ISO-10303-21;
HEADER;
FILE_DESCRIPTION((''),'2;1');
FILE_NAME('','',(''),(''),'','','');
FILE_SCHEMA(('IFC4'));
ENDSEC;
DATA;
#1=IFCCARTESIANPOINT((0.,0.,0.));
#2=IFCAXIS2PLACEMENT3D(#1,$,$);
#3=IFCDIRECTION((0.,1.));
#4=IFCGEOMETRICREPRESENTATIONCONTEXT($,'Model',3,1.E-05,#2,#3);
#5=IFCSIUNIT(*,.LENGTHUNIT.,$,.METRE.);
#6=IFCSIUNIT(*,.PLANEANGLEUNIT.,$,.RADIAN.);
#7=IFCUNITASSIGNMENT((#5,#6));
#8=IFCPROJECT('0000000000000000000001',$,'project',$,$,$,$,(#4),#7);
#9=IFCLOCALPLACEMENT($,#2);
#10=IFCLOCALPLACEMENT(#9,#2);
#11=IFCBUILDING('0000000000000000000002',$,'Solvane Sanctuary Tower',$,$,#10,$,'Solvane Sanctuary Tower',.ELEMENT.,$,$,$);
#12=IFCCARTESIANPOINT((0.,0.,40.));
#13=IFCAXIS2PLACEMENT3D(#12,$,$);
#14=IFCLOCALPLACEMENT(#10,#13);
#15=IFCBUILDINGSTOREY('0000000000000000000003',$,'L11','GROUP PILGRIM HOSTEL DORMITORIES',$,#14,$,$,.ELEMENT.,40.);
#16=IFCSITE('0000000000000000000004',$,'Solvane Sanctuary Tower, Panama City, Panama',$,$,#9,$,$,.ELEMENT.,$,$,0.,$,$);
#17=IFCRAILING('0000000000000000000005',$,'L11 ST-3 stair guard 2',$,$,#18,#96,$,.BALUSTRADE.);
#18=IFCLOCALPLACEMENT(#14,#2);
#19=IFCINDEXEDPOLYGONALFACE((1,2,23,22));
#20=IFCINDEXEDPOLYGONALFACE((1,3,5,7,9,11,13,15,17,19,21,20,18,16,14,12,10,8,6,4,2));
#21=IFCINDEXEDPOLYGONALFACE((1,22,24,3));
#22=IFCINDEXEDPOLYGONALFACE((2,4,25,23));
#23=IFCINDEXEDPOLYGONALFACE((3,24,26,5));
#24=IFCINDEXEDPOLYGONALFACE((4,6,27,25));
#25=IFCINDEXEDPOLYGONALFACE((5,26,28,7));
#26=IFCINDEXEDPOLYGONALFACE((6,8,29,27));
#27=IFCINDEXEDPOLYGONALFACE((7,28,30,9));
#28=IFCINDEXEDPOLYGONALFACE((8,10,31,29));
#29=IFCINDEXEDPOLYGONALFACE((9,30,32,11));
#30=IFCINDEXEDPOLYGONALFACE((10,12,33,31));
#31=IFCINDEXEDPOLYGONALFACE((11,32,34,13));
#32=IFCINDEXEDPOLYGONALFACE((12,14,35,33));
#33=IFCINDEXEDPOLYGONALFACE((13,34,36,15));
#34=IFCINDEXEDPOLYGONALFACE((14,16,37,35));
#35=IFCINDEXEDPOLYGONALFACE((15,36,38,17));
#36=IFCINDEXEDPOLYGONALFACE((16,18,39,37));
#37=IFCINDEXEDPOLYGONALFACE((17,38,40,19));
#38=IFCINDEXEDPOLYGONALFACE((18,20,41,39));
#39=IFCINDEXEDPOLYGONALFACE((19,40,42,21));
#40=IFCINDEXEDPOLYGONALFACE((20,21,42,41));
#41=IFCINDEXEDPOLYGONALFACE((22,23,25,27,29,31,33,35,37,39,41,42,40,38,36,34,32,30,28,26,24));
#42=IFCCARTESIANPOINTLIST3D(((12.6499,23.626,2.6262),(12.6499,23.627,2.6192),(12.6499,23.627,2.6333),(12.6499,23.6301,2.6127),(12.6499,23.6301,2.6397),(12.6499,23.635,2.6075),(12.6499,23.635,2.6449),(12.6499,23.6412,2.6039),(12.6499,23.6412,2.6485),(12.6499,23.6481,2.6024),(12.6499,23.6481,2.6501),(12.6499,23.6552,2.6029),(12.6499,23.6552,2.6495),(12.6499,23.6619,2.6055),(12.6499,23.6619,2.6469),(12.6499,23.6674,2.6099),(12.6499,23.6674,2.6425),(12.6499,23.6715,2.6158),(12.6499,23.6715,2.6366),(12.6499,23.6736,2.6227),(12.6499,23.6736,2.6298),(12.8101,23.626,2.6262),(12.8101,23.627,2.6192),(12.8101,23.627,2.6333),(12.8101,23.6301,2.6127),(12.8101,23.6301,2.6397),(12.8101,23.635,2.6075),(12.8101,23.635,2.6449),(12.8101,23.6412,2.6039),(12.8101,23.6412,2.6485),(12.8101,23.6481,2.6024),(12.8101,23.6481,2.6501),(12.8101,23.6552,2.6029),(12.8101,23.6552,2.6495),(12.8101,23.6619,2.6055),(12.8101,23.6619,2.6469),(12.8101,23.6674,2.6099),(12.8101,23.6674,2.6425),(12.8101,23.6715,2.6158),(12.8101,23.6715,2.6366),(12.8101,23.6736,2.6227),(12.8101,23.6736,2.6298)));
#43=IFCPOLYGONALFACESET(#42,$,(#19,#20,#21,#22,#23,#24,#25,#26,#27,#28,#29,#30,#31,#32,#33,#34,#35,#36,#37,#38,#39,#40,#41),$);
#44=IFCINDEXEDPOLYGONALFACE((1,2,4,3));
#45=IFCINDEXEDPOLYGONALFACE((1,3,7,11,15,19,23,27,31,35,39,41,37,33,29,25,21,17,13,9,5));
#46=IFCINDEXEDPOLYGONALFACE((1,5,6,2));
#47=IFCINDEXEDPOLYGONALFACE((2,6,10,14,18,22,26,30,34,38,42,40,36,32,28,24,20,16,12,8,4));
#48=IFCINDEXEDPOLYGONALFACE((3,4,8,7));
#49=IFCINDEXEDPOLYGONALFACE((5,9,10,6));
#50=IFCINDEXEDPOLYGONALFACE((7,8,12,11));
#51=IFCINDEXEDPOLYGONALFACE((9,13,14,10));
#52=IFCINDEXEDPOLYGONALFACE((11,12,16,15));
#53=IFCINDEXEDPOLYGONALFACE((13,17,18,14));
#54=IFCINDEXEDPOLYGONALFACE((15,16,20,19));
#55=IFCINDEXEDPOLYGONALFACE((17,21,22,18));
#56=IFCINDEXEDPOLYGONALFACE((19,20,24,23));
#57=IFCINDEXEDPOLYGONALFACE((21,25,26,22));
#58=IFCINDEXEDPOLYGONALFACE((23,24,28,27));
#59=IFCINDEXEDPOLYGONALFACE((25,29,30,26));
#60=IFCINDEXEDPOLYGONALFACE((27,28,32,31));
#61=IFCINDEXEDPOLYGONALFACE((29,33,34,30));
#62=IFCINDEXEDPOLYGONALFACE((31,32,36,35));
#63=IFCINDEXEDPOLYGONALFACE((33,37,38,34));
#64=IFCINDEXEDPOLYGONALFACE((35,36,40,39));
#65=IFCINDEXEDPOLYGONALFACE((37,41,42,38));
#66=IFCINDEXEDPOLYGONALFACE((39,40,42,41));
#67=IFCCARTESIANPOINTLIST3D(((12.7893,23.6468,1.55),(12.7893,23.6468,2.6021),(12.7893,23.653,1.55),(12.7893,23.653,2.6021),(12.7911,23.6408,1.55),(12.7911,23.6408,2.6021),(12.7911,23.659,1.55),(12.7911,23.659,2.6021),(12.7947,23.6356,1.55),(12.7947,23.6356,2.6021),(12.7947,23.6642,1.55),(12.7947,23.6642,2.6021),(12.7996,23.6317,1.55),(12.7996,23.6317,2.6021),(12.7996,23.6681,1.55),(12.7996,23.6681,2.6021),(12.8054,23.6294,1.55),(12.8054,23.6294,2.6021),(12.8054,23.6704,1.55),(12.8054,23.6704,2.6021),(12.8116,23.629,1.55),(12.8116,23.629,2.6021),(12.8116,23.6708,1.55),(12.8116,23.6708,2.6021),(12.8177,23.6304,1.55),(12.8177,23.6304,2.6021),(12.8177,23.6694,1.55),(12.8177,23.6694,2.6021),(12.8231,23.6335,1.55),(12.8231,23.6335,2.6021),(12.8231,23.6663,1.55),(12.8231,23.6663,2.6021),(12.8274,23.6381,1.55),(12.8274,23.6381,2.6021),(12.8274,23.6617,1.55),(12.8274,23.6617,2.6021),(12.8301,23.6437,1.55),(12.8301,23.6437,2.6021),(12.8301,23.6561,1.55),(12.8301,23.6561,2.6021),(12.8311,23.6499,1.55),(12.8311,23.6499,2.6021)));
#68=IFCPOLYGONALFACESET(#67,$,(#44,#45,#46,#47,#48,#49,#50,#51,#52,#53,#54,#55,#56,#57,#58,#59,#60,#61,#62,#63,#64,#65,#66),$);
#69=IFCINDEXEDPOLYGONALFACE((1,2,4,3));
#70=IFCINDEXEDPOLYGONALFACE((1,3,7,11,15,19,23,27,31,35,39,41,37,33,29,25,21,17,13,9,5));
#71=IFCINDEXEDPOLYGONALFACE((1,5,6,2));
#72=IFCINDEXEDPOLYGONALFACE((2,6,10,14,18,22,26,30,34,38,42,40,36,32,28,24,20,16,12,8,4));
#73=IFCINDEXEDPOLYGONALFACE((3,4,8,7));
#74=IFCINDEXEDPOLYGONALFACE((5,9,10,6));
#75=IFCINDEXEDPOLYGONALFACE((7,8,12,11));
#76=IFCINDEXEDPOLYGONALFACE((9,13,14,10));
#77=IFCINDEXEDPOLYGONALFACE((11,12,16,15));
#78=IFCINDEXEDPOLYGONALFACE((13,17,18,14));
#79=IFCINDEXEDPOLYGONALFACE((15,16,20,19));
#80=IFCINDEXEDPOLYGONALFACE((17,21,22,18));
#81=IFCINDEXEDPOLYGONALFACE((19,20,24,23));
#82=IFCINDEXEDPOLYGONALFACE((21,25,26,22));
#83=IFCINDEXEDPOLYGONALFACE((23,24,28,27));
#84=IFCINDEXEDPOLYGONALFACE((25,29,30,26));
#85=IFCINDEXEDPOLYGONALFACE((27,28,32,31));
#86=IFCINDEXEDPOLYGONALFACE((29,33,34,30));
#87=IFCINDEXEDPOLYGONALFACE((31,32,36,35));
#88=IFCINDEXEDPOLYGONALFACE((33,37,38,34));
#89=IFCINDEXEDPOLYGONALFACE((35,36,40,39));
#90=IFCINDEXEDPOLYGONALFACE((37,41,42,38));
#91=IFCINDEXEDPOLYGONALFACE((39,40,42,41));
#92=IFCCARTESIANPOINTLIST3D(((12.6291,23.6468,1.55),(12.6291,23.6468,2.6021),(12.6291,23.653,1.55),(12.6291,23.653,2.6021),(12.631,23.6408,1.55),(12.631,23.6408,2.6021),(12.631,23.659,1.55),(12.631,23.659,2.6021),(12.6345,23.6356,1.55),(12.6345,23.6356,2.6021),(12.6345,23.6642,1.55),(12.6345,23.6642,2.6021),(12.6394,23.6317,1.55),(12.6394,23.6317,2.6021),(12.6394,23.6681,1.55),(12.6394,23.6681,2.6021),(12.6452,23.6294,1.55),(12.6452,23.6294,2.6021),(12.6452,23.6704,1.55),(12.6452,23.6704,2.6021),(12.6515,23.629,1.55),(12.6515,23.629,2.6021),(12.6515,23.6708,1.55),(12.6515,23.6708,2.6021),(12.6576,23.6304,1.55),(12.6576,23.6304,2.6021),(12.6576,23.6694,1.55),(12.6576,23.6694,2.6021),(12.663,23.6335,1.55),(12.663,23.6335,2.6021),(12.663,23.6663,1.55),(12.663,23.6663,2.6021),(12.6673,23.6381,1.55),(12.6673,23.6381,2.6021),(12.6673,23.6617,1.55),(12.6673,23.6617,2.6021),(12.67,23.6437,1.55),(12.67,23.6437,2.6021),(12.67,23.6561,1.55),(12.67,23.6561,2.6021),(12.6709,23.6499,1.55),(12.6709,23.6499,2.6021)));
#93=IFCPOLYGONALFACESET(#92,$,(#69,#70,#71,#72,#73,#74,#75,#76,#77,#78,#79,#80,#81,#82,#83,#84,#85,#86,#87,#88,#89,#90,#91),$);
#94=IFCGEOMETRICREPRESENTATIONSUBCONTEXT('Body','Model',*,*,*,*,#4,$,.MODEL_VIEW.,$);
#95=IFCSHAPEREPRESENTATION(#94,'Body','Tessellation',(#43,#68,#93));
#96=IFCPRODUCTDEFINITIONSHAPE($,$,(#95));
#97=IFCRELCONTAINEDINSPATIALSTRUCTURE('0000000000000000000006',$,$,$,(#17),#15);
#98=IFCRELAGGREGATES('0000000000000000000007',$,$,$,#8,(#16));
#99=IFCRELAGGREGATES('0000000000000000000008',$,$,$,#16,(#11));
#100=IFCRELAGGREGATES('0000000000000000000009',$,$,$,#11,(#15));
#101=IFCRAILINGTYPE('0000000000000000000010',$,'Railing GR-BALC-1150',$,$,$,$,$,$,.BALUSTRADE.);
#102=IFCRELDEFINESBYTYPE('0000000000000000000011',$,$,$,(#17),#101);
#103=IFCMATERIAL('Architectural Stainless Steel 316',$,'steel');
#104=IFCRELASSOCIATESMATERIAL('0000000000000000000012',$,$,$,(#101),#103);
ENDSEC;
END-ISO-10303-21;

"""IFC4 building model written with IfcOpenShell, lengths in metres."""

from ifc_helpers import new_model, si_unit, direction, frame, origin, origin_2d, place, context, subcontext, project, spatial, circle, extrude, material, type_object, element, save


model = new_model("IFC4")

# Units and contexts
model_context = context("Model", 3, precision=1e-05, world=origin(), true_north=direction((0.0, 1.0)))
body_context = subcontext(model_context, "Body", "Model", "MODEL_VIEW")
ifc_project = project(units=[si_unit("LENGTHUNIT", "METRE"), si_unit("PLANEANGLEUNIT", "RADIAN")], contexts=[model_context])

# Site, building, storey
site_placement = place(None, origin())
site = spatial("IfcSite", under=ifc_project, at=site_placement, Name="Solvane Sanctuary Tower, Panama City, Panama", CompositionType="ELEMENT", RefElevation=0.0)
building_placement = place(site_placement, origin())
building = spatial("IfcBuilding", under=site, at=building_placement, Name="Solvane Sanctuary Tower", LongName="Solvane Sanctuary Tower", CompositionType="ELEMENT")
storey_placement = place(building_placement, frame((0.0, 0.0, 40.0)))
storey = spatial("IfcBuildingStorey", under=building, at=storey_placement, Name="L11", Description="GROUP PILGRIM HOSTEL DORMITORIES", CompositionType="ELEMENT", Elevation=40.0)

# Railing
ifc_material_1 = material(Name="Architectural Stainless Steel 316", Category="steel")
railing_type_1 = type_object("IfcRailingType", Name="Railing GR-BALC-1150", PredefinedType="BALUSTRADE", material=ifc_material_1)
railing_1_placement = place(storey_placement, frame((12.8101, 23.6499, 1.55)))
element("IfcRailing", 1, at=railing_1_placement, inside=storey, type_object=railing_type_1, Name="L11 ST-3 stair guard 2", PredefinedType="BALUSTRADE", context=body_context, shape_type="SweptSolid", body=[
    extrude(circle(Radius=0.0239, at=origin_2d()), frame((0.0, 0.0, 1.0762), z_axis=(-1.0, 0.0, 0.0), x_axis=(0.0, -1.0, 0.0)), (0.0, 0.0, 1.0), 0.1602),
    extrude(circle(Radius=0.021, at=origin_2d()), origin(), (0.0, 0.0, 1.0), 1.052),
    extrude(circle(Radius=0.021, at=origin_2d()), frame((-0.1602, 0.0, 0.0)), (0.0, 0.0, 1.0), 1.052),
])

save(model, "model.ifc")
